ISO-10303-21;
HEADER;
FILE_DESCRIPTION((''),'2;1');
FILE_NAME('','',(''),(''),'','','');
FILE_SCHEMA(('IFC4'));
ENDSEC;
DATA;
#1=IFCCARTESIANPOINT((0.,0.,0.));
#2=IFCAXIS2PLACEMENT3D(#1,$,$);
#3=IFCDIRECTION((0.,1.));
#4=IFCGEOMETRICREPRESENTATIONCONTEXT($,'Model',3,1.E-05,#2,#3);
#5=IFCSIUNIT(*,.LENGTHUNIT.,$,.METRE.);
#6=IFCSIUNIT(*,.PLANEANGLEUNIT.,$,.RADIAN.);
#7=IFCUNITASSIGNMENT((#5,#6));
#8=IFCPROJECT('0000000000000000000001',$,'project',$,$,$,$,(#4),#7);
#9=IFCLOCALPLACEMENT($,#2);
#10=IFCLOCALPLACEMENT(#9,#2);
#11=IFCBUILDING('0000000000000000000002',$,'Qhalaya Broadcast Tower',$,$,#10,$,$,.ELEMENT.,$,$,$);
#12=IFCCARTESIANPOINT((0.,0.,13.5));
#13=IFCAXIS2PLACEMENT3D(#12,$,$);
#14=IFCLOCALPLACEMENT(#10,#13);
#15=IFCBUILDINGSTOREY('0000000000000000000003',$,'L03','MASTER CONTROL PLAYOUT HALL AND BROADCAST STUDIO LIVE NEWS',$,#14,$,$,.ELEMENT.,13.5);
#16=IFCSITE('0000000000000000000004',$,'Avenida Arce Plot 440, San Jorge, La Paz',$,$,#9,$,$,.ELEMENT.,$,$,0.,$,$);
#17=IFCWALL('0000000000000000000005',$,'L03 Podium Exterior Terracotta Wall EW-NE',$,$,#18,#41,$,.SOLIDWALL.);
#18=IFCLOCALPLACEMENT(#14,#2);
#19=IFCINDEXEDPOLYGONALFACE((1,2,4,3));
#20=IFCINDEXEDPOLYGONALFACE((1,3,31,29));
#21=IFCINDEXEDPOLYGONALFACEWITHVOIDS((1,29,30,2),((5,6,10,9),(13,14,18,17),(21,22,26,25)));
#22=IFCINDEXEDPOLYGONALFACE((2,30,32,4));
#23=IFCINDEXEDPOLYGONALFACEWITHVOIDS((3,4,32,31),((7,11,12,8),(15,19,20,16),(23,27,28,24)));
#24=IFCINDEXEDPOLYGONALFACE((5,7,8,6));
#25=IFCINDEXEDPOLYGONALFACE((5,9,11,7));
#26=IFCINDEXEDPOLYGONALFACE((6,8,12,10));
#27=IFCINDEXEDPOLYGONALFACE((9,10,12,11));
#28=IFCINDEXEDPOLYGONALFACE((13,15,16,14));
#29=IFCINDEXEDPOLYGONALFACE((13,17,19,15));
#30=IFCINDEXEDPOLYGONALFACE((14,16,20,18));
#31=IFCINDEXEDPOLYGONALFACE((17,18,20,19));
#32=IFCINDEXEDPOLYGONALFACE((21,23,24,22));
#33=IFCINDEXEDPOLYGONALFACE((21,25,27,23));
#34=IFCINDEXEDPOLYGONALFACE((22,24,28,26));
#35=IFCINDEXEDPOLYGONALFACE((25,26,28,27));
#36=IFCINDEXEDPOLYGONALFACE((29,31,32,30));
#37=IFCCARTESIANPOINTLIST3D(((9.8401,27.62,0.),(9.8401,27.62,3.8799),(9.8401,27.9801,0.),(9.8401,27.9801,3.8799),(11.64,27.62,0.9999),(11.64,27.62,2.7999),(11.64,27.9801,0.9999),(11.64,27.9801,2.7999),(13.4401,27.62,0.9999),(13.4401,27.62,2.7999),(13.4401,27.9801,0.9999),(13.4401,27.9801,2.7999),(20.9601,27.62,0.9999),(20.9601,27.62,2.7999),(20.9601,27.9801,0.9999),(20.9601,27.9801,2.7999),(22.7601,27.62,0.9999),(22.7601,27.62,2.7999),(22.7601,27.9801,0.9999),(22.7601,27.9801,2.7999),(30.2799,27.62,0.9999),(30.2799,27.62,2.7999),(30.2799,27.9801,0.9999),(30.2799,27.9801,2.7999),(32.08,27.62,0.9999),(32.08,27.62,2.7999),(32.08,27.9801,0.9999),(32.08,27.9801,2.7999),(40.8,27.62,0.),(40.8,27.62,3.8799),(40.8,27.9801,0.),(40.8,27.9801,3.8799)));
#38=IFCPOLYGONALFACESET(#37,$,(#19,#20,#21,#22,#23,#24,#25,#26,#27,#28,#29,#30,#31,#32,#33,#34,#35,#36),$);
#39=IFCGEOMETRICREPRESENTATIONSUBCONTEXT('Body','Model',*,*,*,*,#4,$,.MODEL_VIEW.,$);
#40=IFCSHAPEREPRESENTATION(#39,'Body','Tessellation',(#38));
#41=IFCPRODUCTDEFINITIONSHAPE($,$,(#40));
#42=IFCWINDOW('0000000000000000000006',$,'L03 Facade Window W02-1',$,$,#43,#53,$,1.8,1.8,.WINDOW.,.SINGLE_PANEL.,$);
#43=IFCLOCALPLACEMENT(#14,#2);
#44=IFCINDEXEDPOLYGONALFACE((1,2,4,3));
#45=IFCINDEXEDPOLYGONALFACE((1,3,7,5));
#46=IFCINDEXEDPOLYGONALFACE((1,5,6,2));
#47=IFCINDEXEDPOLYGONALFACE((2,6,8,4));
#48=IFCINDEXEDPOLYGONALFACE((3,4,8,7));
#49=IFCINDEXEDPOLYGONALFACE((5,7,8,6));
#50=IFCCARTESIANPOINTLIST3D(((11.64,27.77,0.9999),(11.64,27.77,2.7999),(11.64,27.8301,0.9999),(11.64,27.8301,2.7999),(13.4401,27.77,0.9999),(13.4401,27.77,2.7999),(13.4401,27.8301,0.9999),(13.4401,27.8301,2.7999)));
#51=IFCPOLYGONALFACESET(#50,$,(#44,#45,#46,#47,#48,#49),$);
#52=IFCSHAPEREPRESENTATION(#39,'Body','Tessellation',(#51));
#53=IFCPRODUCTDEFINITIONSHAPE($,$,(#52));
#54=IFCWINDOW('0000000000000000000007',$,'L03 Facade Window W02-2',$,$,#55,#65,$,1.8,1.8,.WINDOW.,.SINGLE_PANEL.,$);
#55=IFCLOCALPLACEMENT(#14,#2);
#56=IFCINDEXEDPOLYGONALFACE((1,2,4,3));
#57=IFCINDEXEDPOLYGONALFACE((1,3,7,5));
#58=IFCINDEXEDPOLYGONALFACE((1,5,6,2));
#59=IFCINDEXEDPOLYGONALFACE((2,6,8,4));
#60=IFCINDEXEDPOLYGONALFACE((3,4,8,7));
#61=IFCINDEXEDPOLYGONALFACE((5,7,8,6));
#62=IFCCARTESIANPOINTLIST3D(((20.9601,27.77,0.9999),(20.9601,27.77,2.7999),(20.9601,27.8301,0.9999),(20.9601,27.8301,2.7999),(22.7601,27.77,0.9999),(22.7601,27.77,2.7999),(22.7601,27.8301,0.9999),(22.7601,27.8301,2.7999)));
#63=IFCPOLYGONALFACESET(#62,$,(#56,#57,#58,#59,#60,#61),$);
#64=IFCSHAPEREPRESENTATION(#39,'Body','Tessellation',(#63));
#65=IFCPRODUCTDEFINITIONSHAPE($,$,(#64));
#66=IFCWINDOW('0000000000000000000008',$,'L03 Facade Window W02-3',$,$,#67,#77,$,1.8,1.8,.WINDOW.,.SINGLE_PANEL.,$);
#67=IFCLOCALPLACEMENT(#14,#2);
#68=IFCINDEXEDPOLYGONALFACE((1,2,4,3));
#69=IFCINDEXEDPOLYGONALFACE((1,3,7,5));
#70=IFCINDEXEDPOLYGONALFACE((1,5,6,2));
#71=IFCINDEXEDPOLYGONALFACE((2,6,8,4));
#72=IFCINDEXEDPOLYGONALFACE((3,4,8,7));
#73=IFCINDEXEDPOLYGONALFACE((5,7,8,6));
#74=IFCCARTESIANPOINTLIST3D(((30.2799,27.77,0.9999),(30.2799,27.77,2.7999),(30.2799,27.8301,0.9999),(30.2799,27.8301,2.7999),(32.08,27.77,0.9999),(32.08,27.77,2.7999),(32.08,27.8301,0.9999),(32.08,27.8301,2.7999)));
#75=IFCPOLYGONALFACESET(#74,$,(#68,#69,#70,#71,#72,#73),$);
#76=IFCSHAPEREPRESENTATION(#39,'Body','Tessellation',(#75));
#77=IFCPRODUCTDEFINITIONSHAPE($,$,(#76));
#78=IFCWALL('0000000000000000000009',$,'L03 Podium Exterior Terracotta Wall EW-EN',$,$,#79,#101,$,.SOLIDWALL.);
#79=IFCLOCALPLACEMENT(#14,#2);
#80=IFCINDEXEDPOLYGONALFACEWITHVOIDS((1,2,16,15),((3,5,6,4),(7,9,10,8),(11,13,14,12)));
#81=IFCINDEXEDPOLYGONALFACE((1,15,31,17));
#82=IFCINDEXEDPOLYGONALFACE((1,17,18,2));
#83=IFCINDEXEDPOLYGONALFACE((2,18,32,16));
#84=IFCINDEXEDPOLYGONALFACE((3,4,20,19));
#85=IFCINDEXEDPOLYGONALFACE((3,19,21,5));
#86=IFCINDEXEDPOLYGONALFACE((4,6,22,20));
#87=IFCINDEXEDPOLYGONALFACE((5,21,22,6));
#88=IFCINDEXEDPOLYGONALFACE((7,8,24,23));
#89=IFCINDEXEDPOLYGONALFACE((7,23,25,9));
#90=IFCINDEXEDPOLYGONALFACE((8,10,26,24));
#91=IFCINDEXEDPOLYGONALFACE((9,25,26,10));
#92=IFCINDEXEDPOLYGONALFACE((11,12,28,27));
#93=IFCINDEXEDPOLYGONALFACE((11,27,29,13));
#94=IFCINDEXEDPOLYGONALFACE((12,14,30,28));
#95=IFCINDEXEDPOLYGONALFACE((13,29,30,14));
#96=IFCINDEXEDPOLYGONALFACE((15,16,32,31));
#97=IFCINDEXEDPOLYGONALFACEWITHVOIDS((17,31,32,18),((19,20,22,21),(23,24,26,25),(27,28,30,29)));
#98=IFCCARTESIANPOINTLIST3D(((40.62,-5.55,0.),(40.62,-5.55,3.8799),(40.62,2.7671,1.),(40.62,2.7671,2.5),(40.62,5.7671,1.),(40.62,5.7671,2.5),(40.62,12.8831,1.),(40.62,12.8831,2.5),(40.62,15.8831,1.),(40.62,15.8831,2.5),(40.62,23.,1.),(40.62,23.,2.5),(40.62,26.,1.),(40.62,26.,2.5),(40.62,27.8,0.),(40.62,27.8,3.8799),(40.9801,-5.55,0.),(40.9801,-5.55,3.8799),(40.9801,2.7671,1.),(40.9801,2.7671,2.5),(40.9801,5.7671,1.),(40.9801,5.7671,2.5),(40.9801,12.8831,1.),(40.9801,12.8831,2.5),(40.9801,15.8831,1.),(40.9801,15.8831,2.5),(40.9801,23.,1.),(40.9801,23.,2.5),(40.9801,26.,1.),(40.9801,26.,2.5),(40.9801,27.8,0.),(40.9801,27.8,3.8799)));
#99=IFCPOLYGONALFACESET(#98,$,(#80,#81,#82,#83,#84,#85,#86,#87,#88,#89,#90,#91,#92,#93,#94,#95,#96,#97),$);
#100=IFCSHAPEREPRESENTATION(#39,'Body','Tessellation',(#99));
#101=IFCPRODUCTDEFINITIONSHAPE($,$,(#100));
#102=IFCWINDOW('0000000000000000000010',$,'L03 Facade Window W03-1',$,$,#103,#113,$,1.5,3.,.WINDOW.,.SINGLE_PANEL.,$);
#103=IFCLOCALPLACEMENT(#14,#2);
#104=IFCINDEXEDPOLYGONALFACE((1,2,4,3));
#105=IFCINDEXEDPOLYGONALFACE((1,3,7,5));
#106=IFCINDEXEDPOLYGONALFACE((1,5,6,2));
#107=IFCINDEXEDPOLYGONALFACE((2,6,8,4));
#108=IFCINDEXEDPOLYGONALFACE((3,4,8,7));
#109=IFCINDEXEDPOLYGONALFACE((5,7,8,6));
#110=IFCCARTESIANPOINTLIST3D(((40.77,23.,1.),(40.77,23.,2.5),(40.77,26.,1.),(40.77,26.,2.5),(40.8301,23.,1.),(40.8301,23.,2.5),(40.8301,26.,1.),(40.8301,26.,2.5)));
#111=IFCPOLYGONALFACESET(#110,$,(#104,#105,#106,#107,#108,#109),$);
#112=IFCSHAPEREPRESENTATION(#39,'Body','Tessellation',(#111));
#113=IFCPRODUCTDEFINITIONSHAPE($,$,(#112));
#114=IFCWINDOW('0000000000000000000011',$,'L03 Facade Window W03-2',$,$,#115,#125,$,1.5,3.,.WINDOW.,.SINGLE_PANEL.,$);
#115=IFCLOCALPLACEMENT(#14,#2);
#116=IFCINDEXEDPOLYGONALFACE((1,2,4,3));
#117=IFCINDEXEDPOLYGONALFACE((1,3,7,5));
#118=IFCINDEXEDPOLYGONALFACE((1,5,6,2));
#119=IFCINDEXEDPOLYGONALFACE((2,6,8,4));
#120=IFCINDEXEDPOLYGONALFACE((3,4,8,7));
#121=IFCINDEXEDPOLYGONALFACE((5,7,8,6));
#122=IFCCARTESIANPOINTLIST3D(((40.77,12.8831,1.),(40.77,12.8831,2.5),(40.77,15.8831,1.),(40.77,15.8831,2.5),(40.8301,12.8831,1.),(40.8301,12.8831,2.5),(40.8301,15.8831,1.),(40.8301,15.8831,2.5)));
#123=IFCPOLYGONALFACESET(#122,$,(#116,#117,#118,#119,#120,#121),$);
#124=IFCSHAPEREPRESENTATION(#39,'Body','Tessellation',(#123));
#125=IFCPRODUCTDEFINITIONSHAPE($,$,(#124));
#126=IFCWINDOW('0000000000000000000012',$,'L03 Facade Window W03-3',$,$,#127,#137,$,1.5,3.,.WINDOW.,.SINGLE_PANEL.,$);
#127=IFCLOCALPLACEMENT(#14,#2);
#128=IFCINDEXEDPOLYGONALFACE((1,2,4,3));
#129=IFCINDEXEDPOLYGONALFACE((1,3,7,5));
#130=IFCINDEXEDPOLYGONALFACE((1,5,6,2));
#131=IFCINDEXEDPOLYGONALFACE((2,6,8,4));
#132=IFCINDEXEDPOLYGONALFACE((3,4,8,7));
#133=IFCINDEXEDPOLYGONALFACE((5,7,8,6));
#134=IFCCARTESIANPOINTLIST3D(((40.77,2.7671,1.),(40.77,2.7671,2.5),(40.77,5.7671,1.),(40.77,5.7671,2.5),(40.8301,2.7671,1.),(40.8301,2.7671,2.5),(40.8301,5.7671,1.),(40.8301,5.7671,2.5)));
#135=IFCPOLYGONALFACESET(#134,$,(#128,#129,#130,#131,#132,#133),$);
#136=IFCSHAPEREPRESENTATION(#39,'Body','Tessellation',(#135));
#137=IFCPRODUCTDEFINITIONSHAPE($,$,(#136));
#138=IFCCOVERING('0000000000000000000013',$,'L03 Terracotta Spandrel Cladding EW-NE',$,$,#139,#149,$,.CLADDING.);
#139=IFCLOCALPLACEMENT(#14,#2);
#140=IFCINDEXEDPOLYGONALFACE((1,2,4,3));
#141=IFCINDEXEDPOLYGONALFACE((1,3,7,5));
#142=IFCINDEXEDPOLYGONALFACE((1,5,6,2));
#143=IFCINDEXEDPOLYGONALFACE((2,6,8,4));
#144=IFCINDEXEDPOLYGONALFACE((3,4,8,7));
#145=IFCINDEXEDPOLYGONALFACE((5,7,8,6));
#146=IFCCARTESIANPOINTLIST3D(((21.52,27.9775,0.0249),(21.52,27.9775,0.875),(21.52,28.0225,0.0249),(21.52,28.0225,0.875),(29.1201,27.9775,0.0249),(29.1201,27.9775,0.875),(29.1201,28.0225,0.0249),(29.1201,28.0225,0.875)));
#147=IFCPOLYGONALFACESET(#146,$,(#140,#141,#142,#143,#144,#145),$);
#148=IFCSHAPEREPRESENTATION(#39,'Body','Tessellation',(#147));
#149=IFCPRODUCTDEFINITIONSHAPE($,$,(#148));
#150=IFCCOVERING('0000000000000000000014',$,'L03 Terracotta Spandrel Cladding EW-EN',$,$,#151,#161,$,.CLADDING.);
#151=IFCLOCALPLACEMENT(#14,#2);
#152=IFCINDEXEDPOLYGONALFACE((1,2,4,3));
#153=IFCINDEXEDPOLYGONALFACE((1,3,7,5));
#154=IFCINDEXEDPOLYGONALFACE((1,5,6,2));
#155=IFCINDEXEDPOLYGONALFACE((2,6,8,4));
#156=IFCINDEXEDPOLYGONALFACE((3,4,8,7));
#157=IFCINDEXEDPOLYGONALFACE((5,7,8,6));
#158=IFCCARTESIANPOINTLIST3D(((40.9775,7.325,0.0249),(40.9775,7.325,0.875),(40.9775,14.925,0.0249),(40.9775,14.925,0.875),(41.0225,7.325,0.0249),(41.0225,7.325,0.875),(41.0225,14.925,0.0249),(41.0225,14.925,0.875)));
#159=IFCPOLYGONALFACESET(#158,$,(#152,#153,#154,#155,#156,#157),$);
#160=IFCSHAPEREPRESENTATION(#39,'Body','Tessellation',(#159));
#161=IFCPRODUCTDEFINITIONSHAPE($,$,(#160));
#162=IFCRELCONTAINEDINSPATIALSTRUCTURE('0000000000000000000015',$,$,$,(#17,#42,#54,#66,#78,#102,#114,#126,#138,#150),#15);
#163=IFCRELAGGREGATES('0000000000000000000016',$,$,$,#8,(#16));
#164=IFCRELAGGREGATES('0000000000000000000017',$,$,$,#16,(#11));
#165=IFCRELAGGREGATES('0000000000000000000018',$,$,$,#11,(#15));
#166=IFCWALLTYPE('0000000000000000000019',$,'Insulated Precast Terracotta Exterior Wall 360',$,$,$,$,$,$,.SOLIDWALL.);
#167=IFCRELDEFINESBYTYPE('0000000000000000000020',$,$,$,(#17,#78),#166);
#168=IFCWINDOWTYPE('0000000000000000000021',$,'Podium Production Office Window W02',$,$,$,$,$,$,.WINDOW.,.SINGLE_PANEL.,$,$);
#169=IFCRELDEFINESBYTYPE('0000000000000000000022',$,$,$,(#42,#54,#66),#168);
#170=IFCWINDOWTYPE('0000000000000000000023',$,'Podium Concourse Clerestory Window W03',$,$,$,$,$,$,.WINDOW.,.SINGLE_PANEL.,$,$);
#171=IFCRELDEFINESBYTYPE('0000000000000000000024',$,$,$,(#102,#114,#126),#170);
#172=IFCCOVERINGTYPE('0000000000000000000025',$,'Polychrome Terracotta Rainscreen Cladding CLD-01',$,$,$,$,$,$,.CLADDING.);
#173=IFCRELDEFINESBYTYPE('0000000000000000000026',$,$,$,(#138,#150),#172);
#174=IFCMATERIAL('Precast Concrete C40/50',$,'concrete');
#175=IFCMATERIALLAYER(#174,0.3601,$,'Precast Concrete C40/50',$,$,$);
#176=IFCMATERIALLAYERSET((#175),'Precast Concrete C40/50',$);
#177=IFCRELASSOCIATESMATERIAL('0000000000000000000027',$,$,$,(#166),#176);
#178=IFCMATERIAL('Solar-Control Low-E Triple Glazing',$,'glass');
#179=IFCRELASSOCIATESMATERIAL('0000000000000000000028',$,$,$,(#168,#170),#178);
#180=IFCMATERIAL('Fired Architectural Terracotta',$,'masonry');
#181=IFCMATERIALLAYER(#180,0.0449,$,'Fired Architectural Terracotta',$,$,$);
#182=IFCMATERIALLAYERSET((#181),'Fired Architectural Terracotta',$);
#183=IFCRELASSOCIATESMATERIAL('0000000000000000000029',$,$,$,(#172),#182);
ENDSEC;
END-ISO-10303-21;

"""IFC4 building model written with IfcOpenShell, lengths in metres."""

from ifc_helpers import new_model, si_unit, direction, frame, frame_2d, origin, origin_2d, place, context, subcontext, project, spatial, rectangle, extrude, material, layer, layer_set, type_object, element, fill, save


model = new_model("IFC4")

# Units and contexts
model_context = context("Model", 3, precision=1e-05, world=origin(), true_north=direction((0.0, 1.0)))
body_context = subcontext(model_context, "Body", "Model", "MODEL_VIEW")
ifc_project = project(units=[si_unit("LENGTHUNIT", "METRE"), si_unit("PLANEANGLEUNIT", "RADIAN")], contexts=[model_context])

# Site, building, storey
site_placement = place(None, origin())
site = spatial("IfcSite", under=ifc_project, at=site_placement, Name="Avenida Arce Plot 440, San Jorge, La Paz", CompositionType="ELEMENT", RefElevation=0.0)
building_placement = place(site_placement, origin())
building = spatial("IfcBuilding", under=site, at=building_placement, Name="Qhalaya Broadcast Tower", CompositionType="ELEMENT")
storey_placement = place(building_placement, frame((0.0, 0.0, 13.5)))
storey = spatial("IfcBuildingStorey", under=building, at=storey_placement, Name="L03", Description="MASTER CONTROL PLAYOUT HALL AND BROADCAST STUDIO LIVE NEWS", CompositionType="ELEMENT", Elevation=13.5)

# Walls, openings, windows
ifc_material_1 = material(Name="Precast Concrete C40/50", Category="concrete")
ifc_layer_1 = layer(ifc_material_1, 0.3601, Name="Precast Concrete C40/50")
ifc_layer_set_1 = layer_set([ifc_layer_1], Name="Precast Concrete C40/50")
wall_type_1 = type_object("IfcWallType", Name="Insulated Precast Terracotta Exterior Wall 360", PredefinedType="SOLIDWALL", material=ifc_layer_set_1)
wall_1_placement = place(storey_placement, frame((9.8401, 27.8, 0.0), z_axis=(0.0, 0.0, 1.0), x_axis=(1.0, 0.0, 0.0)))
wall_1 = element("IfcWall", 1, at=wall_1_placement, inside=storey, type_object=wall_type_1, Name="L03 Podium Exterior Terracotta Wall EW-NE", PredefinedType="SOLIDWALL", context=body_context, shape_type="SweptSolid", body=[
    extrude(rectangle(XDim=30.96, YDim=0.3601, at=frame_2d((15.48, 0.0))), origin(), (0.0, 0.0, 1.0), 3.8799),
])
opening_1_placement = place(wall_1_placement, frame((1.8, 0.0, 1.0)))
opening_1 = element("IfcOpeningElement", 2, at=opening_1_placement, cuts=wall_1, PredefinedType="OPENING", context=body_context, shape_type="SweptSolid", body=[
    extrude(rectangle(XDim=1.8, YDim=1.8, at=frame_2d((0.8999, 0.8999))), frame((0.0, 0.1921, 0.0), z_axis=(0.0, -1.0, 0.0), x_axis=(1.0, 0.0, 0.0)), (0.0, 0.0, 1.0), 0.384),
])
opening_2_placement = place(wall_1_placement, frame((11.1201, 0.0, 1.0)))
opening_2 = element("IfcOpeningElement", 3, at=opening_2_placement, cuts=wall_1, PredefinedType="OPENING", context=body_context, shape_type="SweptSolid", body=[
    extrude(rectangle(XDim=1.8, YDim=1.8, at=frame_2d((0.8999, 0.8999))), frame((0.0, 0.1921, 0.0), z_axis=(0.0, -1.0, 0.0), x_axis=(1.0, 0.0, 0.0)), (0.0, 0.0, 1.0), 0.384),
])
opening_3_placement = place(wall_1_placement, frame((20.4399, 0.0, 1.0)))
opening_3 = element("IfcOpeningElement", 4, at=opening_3_placement, cuts=wall_1, PredefinedType="OPENING", context=body_context, shape_type="SweptSolid", body=[
    extrude(rectangle(XDim=1.8, YDim=1.8, at=frame_2d((0.8999, 0.8999))), frame((0.0, 0.1921, 0.0), z_axis=(0.0, -1.0, 0.0), x_axis=(1.0, 0.0, 0.0)), (0.0, 0.0, 1.0), 0.384),
])
ifc_material_2 = material(Name="Solar-Control Low-E Triple Glazing", Category="glass")
window_type_1 = type_object("IfcWindowType", Name="Podium Production Office Window W02", PartitioningType="SINGLE_PANEL", PredefinedType="WINDOW", material=ifc_material_2)
window_1_placement = place(opening_1_placement, origin())
window_1 = element("IfcWindow", 5, at=window_1_placement, inside=storey, type_object=window_type_1, Name="L03 Facade Window W02-1", OverallHeight=1.8, OverallWidth=1.8, PartitioningType="SINGLE_PANEL", PredefinedType="WINDOW", context=body_context, shape_type="SweptSolid", body=[
    extrude(rectangle(XDim=1.8, YDim=1.8, at=frame_2d((0.8999, 0.8999))), frame((0.0, 0.03, 0.0), z_axis=(0.0, -1.0, 0.0), x_axis=(1.0, 0.0, 0.0)), (0.0, 0.0, 1.0), 0.0601),
])
fill(opening_1, window_1)
window_2_placement = place(opening_2_placement, origin())
window_2 = element("IfcWindow", 6, at=window_2_placement, inside=storey, type_object=window_type_1, Name="L03 Facade Window W02-2", OverallHeight=1.8, OverallWidth=1.8, PartitioningType="SINGLE_PANEL", PredefinedType="WINDOW", context=body_context, shape_type="SweptSolid", body=[
    extrude(rectangle(XDim=1.8, YDim=1.8, at=frame_2d((0.8999, 0.8999))), frame((0.0, 0.03, 0.0), z_axis=(0.0, -1.0, 0.0), x_axis=(1.0, 0.0, 0.0)), (0.0, 0.0, 1.0), 0.0601),
])
fill(opening_2, window_2)
window_3_placement = place(opening_3_placement, origin())
window_3 = element("IfcWindow", 7, at=window_3_placement, inside=storey, type_object=window_type_1, Name="L03 Facade Window W02-3", OverallHeight=1.8, OverallWidth=1.8, PartitioningType="SINGLE_PANEL", PredefinedType="WINDOW", context=body_context, shape_type="SweptSolid", body=[
    extrude(rectangle(XDim=1.8, YDim=1.8, at=frame_2d((0.8999, 0.8999))), frame((0.0, 0.03, 0.0), z_axis=(0.0, -1.0, 0.0), x_axis=(1.0, 0.0, 0.0)), (0.0, 0.0, 1.0), 0.0601),
])
fill(opening_3, window_3)
wall_2_placement = place(storey_placement, frame((40.8, 27.8, 0.0), z_axis=(0.0, 0.0, 1.0), x_axis=(0.0, -1.0, 0.0)))
wall_2 = element("IfcWall", 8, at=wall_2_placement, inside=storey, type_object=wall_type_1, Name="L03 Podium Exterior Terracotta Wall EW-EN", PredefinedType="SOLIDWALL", context=body_context, shape_type="SweptSolid", body=[
    extrude(rectangle(XDim=33.3501, YDim=0.3601, at=frame_2d((16.675, 0.0))), origin(), (0.0, 0.0, 1.0), 3.8799),
])
opening_4_placement = place(wall_2_placement, frame((1.8, 0.0, 1.0)))
opening_4 = element("IfcOpeningElement", 9, at=opening_4_placement, cuts=wall_2, PredefinedType="OPENING", context=body_context, shape_type="SweptSolid", body=[
    extrude(rectangle(XDim=3.0, YDim=1.5, at=frame_2d((1.5, 0.75))), frame((0.0, 0.1921, 0.0), z_axis=(0.0, -1.0, 0.0), x_axis=(1.0, 0.0, 0.0)), (0.0, 0.0, 1.0), 0.384),
])
opening_5_placement = place(wall_2_placement, frame((11.917, 0.0, 1.0)))
opening_5 = element("IfcOpeningElement", 10, at=opening_5_placement, cuts=wall_2, PredefinedType="OPENING", context=body_context, shape_type="SweptSolid", body=[
    extrude(rectangle(XDim=3.0, YDim=1.5, at=frame_2d((1.5, 0.75))), frame((0.0, 0.1921, 0.0), z_axis=(0.0, -1.0, 0.0), x_axis=(1.0, 0.0, 0.0)), (0.0, 0.0, 1.0), 0.384),
])
opening_6_placement = place(wall_2_placement, frame((22.033, 0.0, 1.0)))
opening_6 = element("IfcOpeningElement", 11, at=opening_6_placement, cuts=wall_2, PredefinedType="OPENING", context=body_context, shape_type="SweptSolid", body=[
    extrude(rectangle(XDim=3.0, YDim=1.5, at=frame_2d((1.5, 0.75))), frame((0.0, 0.1921, 0.0), z_axis=(0.0, -1.0, 0.0), x_axis=(1.0, 0.0, 0.0)), (0.0, 0.0, 1.0), 0.384),
])
window_type_2 = type_object("IfcWindowType", Name="Podium Concourse Clerestory Window W03", PartitioningType="SINGLE_PANEL", PredefinedType="WINDOW", material=ifc_material_2)
window_4_placement = place(opening_4_placement, origin())
window_4 = element("IfcWindow", 12, at=window_4_placement, inside=storey, type_object=window_type_2, Name="L03 Facade Window W03-1", OverallHeight=1.5, OverallWidth=3.0, PartitioningType="SINGLE_PANEL", PredefinedType="WINDOW", context=body_context, shape_type="SweptSolid", body=[
    extrude(rectangle(XDim=3.0, YDim=1.5, at=frame_2d((1.5, 0.75))), frame((0.0, 0.03, 0.0), z_axis=(0.0, -1.0, 0.0), x_axis=(1.0, 0.0, 0.0)), (0.0, 0.0, 1.0), 0.0601),
])
fill(opening_4, window_4)
window_5_placement = place(opening_5_placement, origin())
window_5 = element("IfcWindow", 13, at=window_5_placement, inside=storey, type_object=window_type_2, Name="L03 Facade Window W03-2", OverallHeight=1.5, OverallWidth=3.0, PartitioningType="SINGLE_PANEL", PredefinedType="WINDOW", context=body_context, shape_type="SweptSolid", body=[
    extrude(rectangle(XDim=3.0, YDim=1.5, at=frame_2d((1.5, 0.75))), frame((0.0, 0.03, 0.0), z_axis=(0.0, -1.0, 0.0), x_axis=(1.0, 0.0, 0.0)), (0.0, 0.0, 1.0), 0.0601),
])
fill(opening_5, window_5)
window_6_placement = place(opening_6_placement, origin())
window_6 = element("IfcWindow", 14, at=window_6_placement, inside=storey, type_object=window_type_2, Name="L03 Facade Window W03-3", OverallHeight=1.5, OverallWidth=3.0, PartitioningType="SINGLE_PANEL", PredefinedType="WINDOW", context=body_context, shape_type="SweptSolid", body=[
    extrude(rectangle(XDim=3.0, YDim=1.5, at=frame_2d((1.5, 0.75))), frame((0.0, 0.03, 0.0), z_axis=(0.0, -1.0, 0.0), x_axis=(1.0, 0.0, 0.0)), (0.0, 0.0, 1.0), 0.0601),
])
fill(opening_6, window_6)

# Coverings
ifc_material_3 = material(Name="Fired Architectural Terracotta", Category="masonry")
ifc_layer_2 = layer(ifc_material_3, 0.0449, Name="Fired Architectural Terracotta")
ifc_layer_set_2 = layer_set([ifc_layer_2], Name="Fired Architectural Terracotta")
covering_type = type_object("IfcCoveringType", Name="Polychrome Terracotta Rainscreen Cladding CLD-01", PredefinedType="CLADDING", material=ifc_layer_set_2)
for number, where, z_axis, x_axis, name in (
    (15, (25.3201, 28.0, 0.0249), (0.0, 0.0, 1.0), (1.0, 0.0, 0.0), "L03 Terracotta Spandrel Cladding EW-NE"),
    (16, (41.0, 11.125, 0.0249), (0.0, 0.0, 1.0), (0.0, -1.0, 0.0), "L03 Terracotta Spandrel Cladding EW-EN"),
):
    element("IfcCovering", number, at=place(storey_placement, frame(where, z_axis=z_axis, x_axis=x_axis)), inside=storey, type_object=covering_type, Name=name, PredefinedType="CLADDING", context=body_context, shape_type="SweptSolid", body=[
        extrude(rectangle(XDim=7.6001, YDim=0.0449, at=origin_2d()), origin(), (0.0, 0.0, 1.0), 0.8501),
    ])

save(model, "model.ifc")
